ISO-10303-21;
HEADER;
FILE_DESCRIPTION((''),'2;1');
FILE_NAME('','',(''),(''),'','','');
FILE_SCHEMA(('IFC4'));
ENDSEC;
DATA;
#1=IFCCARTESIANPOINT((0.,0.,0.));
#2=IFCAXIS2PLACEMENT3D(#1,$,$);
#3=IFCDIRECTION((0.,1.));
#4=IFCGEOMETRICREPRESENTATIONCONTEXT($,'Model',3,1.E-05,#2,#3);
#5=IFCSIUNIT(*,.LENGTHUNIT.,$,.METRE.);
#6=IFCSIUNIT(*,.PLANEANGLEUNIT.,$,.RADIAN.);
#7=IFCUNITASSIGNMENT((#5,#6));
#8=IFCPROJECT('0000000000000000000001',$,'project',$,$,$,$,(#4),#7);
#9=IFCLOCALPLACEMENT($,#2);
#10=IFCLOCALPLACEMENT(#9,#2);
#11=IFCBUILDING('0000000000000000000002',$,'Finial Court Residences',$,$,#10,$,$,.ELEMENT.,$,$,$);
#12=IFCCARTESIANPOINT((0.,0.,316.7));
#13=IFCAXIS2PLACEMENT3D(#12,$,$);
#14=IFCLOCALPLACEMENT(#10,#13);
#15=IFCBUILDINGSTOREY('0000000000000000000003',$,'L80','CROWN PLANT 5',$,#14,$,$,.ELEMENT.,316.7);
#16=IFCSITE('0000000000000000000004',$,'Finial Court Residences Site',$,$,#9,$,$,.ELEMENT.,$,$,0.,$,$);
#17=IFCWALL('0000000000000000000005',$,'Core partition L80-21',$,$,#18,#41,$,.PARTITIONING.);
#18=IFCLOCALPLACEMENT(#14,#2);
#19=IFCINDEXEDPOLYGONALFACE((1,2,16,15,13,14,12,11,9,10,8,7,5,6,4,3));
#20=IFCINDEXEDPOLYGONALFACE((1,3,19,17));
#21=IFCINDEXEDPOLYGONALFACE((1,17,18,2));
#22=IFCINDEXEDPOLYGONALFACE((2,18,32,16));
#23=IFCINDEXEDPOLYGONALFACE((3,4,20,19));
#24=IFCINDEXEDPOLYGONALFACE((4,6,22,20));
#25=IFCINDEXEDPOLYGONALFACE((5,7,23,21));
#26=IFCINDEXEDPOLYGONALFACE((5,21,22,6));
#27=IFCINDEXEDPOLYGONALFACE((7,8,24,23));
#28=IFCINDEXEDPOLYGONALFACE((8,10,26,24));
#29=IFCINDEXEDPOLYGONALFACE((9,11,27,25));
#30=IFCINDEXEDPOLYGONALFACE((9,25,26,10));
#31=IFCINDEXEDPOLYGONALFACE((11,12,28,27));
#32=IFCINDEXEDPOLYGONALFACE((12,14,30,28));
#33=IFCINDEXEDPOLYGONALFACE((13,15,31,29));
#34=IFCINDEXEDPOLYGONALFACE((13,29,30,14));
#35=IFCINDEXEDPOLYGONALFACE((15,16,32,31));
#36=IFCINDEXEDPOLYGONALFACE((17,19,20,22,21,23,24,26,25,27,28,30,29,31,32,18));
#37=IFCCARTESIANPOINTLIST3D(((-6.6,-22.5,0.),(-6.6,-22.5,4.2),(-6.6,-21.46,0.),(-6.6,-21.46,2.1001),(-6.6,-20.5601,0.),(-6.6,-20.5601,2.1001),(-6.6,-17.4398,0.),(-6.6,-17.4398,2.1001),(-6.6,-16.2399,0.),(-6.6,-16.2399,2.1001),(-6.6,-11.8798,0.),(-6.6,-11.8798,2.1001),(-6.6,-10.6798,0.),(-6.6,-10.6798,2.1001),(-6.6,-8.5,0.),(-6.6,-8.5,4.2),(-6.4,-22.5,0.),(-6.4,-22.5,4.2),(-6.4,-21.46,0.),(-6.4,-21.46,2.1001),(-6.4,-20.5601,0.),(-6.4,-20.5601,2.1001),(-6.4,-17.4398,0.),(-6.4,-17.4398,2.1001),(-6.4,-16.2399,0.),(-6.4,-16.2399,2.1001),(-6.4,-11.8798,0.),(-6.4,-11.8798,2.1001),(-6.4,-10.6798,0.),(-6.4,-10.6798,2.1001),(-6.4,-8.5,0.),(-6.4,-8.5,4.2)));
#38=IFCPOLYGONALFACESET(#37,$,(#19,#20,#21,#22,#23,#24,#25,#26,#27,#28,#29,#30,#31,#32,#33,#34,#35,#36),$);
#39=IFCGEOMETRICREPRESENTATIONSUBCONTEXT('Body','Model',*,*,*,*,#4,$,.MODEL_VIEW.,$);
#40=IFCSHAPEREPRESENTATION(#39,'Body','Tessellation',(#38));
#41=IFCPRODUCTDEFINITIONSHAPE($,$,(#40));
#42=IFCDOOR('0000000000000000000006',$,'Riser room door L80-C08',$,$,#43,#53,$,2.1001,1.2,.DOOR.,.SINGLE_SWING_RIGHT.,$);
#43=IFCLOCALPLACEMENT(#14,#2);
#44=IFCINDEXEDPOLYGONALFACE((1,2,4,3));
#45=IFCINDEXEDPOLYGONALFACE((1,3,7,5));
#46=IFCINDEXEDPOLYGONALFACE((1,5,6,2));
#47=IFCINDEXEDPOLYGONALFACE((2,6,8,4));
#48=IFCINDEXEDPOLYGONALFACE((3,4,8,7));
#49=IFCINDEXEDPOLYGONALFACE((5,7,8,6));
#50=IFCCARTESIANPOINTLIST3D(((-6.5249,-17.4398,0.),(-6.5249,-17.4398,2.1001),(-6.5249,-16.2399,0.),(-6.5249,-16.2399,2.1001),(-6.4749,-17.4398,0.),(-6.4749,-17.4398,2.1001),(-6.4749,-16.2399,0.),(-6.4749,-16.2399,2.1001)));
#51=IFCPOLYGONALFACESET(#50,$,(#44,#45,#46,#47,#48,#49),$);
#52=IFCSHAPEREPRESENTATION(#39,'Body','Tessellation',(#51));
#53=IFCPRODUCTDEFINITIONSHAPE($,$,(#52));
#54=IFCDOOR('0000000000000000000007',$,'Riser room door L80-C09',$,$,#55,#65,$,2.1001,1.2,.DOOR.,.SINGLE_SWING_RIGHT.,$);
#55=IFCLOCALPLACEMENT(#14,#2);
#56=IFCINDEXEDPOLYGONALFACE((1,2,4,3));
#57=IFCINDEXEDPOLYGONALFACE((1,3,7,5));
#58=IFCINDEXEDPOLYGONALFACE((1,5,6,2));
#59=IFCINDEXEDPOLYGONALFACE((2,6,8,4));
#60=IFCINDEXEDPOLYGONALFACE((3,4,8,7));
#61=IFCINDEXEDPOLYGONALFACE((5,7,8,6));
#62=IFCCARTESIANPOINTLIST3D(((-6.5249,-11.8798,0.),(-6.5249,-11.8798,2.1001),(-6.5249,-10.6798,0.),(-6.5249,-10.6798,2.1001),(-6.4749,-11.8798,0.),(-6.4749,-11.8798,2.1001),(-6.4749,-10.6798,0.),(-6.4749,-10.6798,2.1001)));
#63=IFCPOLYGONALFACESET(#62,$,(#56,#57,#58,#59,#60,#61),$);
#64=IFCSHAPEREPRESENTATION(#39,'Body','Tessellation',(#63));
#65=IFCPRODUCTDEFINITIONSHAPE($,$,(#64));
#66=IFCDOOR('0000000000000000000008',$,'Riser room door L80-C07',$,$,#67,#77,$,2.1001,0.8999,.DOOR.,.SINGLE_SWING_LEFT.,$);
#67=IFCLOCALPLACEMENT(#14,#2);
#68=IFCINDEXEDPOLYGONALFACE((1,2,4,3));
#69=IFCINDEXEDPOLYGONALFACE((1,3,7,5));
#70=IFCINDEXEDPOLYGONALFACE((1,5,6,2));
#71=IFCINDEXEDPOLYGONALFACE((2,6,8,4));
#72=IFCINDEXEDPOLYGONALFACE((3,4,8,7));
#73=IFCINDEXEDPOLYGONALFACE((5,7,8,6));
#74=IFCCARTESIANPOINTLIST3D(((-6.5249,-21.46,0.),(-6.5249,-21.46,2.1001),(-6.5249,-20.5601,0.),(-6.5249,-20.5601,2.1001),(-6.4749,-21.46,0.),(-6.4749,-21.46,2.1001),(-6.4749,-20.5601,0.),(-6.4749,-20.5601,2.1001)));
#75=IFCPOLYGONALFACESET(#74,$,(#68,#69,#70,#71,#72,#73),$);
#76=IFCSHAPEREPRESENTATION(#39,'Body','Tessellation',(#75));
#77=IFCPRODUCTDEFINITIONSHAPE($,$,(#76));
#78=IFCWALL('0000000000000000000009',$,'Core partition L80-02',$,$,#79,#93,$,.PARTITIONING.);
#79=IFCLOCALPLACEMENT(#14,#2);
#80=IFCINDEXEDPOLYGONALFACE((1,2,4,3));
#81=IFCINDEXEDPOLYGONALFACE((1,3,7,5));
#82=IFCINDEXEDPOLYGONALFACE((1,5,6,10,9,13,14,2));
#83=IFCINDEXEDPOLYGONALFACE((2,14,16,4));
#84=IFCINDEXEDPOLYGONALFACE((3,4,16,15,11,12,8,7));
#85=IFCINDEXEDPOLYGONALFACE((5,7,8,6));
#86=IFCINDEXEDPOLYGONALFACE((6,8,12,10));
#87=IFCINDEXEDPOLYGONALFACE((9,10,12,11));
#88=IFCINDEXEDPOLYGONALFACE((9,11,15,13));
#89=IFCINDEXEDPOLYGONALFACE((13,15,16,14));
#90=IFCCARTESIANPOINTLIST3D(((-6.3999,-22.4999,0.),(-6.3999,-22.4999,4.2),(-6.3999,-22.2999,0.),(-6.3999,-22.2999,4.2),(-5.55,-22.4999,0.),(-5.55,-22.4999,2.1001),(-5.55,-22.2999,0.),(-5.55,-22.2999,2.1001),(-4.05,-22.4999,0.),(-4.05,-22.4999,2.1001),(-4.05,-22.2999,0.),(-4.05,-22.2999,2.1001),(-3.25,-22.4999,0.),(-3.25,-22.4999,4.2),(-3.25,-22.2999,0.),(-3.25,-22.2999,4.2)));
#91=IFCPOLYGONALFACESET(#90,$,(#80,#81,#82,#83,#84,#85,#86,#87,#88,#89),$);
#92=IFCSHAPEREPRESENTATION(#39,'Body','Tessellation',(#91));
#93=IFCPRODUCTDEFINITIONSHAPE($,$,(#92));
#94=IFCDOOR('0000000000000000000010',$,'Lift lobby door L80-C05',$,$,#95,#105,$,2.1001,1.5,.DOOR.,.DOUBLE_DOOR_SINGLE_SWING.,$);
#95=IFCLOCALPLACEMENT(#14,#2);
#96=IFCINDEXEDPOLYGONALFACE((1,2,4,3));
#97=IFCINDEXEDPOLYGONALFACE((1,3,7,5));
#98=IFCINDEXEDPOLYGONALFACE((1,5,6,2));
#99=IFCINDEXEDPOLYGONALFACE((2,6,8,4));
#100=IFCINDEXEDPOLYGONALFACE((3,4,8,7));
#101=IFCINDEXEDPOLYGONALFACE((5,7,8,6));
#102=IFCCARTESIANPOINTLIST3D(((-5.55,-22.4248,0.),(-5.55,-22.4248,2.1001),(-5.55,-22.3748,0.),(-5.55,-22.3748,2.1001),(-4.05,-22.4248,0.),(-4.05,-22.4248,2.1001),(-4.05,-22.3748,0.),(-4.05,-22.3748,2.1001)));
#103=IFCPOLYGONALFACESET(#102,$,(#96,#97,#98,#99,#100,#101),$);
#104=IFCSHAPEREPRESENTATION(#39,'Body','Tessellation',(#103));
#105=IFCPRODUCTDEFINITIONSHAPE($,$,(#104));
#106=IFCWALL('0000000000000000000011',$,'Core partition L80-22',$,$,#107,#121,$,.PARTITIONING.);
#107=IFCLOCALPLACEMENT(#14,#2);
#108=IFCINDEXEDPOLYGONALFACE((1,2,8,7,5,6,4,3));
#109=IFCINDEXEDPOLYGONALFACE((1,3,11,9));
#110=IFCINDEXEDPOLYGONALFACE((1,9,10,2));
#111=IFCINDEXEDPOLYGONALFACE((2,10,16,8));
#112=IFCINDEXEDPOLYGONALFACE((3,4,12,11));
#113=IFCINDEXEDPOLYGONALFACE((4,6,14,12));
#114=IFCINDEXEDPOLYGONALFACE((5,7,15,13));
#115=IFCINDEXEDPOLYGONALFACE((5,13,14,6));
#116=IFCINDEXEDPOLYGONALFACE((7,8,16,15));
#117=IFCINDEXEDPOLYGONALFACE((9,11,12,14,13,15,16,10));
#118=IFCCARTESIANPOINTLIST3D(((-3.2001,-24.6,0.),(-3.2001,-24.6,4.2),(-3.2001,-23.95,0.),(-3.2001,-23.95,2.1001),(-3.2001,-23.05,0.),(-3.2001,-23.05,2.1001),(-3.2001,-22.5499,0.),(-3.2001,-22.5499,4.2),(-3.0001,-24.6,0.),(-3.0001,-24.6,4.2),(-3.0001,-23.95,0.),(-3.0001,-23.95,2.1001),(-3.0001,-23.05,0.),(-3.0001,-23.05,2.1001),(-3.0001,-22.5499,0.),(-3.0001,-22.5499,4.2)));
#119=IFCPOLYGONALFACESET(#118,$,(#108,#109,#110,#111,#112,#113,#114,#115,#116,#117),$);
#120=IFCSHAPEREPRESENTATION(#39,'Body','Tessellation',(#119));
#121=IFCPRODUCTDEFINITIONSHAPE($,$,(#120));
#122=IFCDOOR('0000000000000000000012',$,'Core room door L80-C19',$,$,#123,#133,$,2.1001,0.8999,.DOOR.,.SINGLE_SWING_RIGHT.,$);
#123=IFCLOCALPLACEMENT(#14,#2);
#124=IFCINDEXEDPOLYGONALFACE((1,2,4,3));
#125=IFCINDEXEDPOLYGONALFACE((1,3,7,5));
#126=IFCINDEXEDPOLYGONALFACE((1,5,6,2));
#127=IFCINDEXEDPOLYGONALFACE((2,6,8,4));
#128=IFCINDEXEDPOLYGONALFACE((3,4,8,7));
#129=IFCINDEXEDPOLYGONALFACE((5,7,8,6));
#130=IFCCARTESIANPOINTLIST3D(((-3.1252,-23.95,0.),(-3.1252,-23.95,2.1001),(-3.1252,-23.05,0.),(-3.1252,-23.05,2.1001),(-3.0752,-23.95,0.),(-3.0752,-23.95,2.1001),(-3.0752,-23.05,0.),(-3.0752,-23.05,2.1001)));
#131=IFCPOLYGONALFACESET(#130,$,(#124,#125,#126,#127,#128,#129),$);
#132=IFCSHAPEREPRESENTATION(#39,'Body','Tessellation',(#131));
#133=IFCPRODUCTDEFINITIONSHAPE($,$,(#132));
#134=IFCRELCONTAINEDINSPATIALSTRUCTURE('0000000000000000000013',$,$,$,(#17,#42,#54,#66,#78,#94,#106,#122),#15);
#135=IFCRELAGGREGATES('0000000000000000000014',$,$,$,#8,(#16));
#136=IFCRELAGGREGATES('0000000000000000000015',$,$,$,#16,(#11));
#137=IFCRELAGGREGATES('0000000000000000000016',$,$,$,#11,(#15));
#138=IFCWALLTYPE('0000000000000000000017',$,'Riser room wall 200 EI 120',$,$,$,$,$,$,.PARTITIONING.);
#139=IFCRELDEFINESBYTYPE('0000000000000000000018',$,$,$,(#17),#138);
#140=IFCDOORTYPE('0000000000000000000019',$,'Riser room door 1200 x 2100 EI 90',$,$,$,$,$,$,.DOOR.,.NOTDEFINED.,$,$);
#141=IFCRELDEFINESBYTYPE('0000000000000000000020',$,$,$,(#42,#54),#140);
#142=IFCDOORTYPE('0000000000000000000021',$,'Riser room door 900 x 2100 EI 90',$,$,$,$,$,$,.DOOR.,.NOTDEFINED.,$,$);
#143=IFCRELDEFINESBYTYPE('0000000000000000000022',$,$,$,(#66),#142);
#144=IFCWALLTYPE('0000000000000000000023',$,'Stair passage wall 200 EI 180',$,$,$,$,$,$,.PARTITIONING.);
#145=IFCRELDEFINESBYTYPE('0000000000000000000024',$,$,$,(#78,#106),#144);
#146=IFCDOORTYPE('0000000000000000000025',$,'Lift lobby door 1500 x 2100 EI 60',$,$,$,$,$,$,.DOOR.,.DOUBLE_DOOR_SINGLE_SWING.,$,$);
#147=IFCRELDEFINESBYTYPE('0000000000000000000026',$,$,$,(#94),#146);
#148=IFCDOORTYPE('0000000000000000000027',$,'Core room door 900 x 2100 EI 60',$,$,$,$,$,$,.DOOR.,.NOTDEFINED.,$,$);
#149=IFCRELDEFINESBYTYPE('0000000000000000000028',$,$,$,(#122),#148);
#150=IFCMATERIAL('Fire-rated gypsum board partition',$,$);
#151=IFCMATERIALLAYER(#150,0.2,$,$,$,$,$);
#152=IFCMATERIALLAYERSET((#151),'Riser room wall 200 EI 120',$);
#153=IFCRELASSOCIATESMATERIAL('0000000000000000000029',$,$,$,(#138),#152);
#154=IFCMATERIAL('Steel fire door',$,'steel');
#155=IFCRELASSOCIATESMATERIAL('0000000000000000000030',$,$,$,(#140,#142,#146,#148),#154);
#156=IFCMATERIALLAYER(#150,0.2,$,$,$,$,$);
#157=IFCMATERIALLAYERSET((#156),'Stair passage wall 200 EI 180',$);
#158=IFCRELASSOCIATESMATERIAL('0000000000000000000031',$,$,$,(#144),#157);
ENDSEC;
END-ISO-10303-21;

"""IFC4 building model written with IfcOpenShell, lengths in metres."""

from ifc_helpers import new_model, si_unit, direction, frame, frame_2d, origin, place, context, subcontext, project, spatial, rectangle, extrude, material, layer, layer_set, type_object, element, fill, save


model = new_model("IFC4")

# Units and contexts
model_context = context("Model", 3, precision=1e-05, world=origin(), true_north=direction((0.0, 1.0)))
body_context = subcontext(model_context, "Body", "Model", "MODEL_VIEW")
ifc_project = project(units=[si_unit("LENGTHUNIT", "METRE"), si_unit("PLANEANGLEUNIT", "RADIAN")], contexts=[model_context])

# Site, building, storey
site_placement = place(None, origin())
site = spatial("IfcSite", under=ifc_project, at=site_placement, Name="Finial Court Residences Site", CompositionType="ELEMENT", RefElevation=0.0)
building_placement = place(site_placement, origin())
building = spatial("IfcBuilding", under=site, at=building_placement, Name="Finial Court Residences", CompositionType="ELEMENT")
storey_placement = place(building_placement, frame((0.0, 0.0, 316.7)))
storey = spatial("IfcBuildingStorey", under=building, at=storey_placement, Name="L80", Description="CROWN PLANT 5", CompositionType="ELEMENT", Elevation=316.7)

# Shared definitions
ifc_material_1 = material(Name="Steel fire door", Category="steel")

# Shared definitions
ifc_material_2 = material(Name="Fire-rated gypsum board partition")
ifc_layer_1 = layer(ifc_material_2, 0.2)
ifc_layer_set_1 = layer_set([ifc_layer_1], Name="Riser room wall 200 EI 120")
wall_type_1 = type_object("IfcWallType", Name="Riser room wall 200 EI 120", PredefinedType="PARTITIONING", material=ifc_layer_set_1)

# Wall, openings, doors
wall_1_placement = place(storey_placement, frame((-6.5, -22.5, 0.0), z_axis=(0.0, 0.0, 1.0), x_axis=(0.0, 1.0, 0.0)))
wall_1 = element("IfcWall", 1, at=wall_1_placement, inside=storey, type_object=wall_type_1, Name="Core partition L80-21", PredefinedType="PARTITIONING", context=body_context, shape_type="SweptSolid", body=[
    extrude(rectangle(XDim=14.0, YDim=0.2, at=frame_2d((7.0, 0.0))), origin(), (0.0, 0.0, 1.0), 4.2),
])
opening_1_placement = place(wall_1_placement, frame((1.04, 0.0, 0.0)))
opening_1 = element("IfcOpeningElement", 2, at=opening_1_placement, cuts=wall_1, PredefinedType="OPENING", context=body_context, shape_type="SweptSolid", body=[
    extrude(rectangle(XDim=0.8999, YDim=2.1001, at=frame_2d((0.45, 1.05))), frame((0.0, 0.1099, 0.0), z_axis=(0.0, -1.0, 0.0), x_axis=(1.0, 0.0, 0.0)), (0.0, 0.0, 1.0), 0.22),
])
opening_2_placement = place(wall_1_placement, frame((5.0601, 0.0, 0.0)))
opening_2 = element("IfcOpeningElement", 3, at=opening_2_placement, cuts=wall_1, PredefinedType="OPENING", context=body_context, shape_type="SweptSolid", body=[
    extrude(rectangle(XDim=1.2, YDim=2.1001, at=frame_2d((0.6001, 1.05))), frame((0.0, 0.1099, 0.0), z_axis=(0.0, -1.0, 0.0), x_axis=(1.0, 0.0, 0.0)), (0.0, 0.0, 1.0), 0.22),
])
opening_3_placement = place(wall_1_placement, frame((10.6201, 0.0, 0.0)))
opening_3 = element("IfcOpeningElement", 4, at=opening_3_placement, cuts=wall_1, PredefinedType="OPENING", context=body_context, shape_type="SweptSolid", body=[
    extrude(rectangle(XDim=1.2, YDim=2.1001, at=frame_2d((0.6001, 1.05))), frame((0.0, 0.1099, 0.0), z_axis=(0.0, -1.0, 0.0), x_axis=(1.0, 0.0, 0.0)), (0.0, 0.0, 1.0), 0.22),
])
door_type_1 = type_object("IfcDoorType", Name="Riser room door 1200 x 2100 EI 90", OperationType="NOTDEFINED", PredefinedType="DOOR", material=ifc_material_1)
door_1_placement = place(opening_2_placement, origin())
door_1 = element("IfcDoor", 5, at=door_1_placement, inside=storey, type_object=door_type_1, Name="Riser room door L80-C08", OperationType="SINGLE_SWING_RIGHT", OverallHeight=2.1001, OverallWidth=1.2, PredefinedType="DOOR", context=body_context, shape_type="SweptSolid", body=[
    extrude(rectangle(XDim=1.2, YDim=2.1001, at=frame_2d((0.6001, 1.05))), frame((0.0, 0.0249, 0.0), z_axis=(0.0, -1.0, 0.0), x_axis=(1.0, 0.0, 0.0)), (0.0, 0.0, 1.0), 0.05),
])
fill(opening_2, door_1)
door_2_placement = place(opening_3_placement, origin())
door_2 = element("IfcDoor", 6, at=door_2_placement, inside=storey, type_object=door_type_1, Name="Riser room door L80-C09", OperationType="SINGLE_SWING_RIGHT", OverallHeight=2.1001, OverallWidth=1.2, PredefinedType="DOOR", context=body_context, shape_type="SweptSolid", body=[
    extrude(rectangle(XDim=1.2, YDim=2.1001, at=frame_2d((0.6001, 1.05))), frame((0.0, 0.0249, 0.0), z_axis=(0.0, -1.0, 0.0), x_axis=(1.0, 0.0, 0.0)), (0.0, 0.0, 1.0), 0.05),
])
fill(opening_3, door_2)
door_type_2 = type_object("IfcDoorType", Name="Riser room door 900 x 2100 EI 90", OperationType="NOTDEFINED", PredefinedType="DOOR", material=ifc_material_1)
door_3_placement = place(opening_1_placement, origin())
door_3 = element("IfcDoor", 7, at=door_3_placement, inside=storey, type_object=door_type_2, Name="Riser room door L80-C07", OperationType="SINGLE_SWING_LEFT", OverallHeight=2.1001, OverallWidth=0.8999, PredefinedType="DOOR", context=body_context, shape_type="SweptSolid", body=[
    extrude(rectangle(XDim=0.8999, YDim=2.1001, at=frame_2d((0.45, 1.05))), frame((0.0, 0.0249, 0.0), z_axis=(0.0, -1.0, 0.0), x_axis=(1.0, 0.0, 0.0)), (0.0, 0.0, 1.0), 0.05),
])
fill(opening_1, door_3)

# Walls, openings, doors
ifc_layer_2 = layer(ifc_material_2, 0.2)
ifc_layer_set_2 = layer_set([ifc_layer_2], Name="Stair passage wall 200 EI 180")
wall_type_2 = type_object("IfcWallType", Name="Stair passage wall 200 EI 180", PredefinedType="PARTITIONING", material=ifc_layer_set_2)
wall_2_placement = place(storey_placement, frame((-3.25, -22.3999, 0.0), z_axis=(0.0, 0.0, 1.0), x_axis=(-1.0, 0.0, 0.0)))
wall_2 = element("IfcWall", 8, at=wall_2_placement, inside=storey, type_object=wall_type_2, Name="Core partition L80-02", PredefinedType="PARTITIONING", context=body_context, shape_type="SweptSolid", body=[
    extrude(rectangle(XDim=3.1499, YDim=0.2, at=frame_2d((1.575, 0.0))), origin(), (0.0, 0.0, 1.0), 4.2),
])
opening_4_placement = place(wall_2_placement, frame((0.8, 0.0, 0.0)))
opening_4 = element("IfcOpeningElement", 9, at=opening_4_placement, cuts=wall_2, PredefinedType="OPENING", context=body_context, shape_type="SweptSolid", body=[
    extrude(rectangle(XDim=1.5, YDim=2.1001, at=frame_2d((0.75, 1.05))), frame((0.0, 0.1099, 0.0), z_axis=(0.0, -1.0, 0.0), x_axis=(1.0, 0.0, 0.0)), (0.0, 0.0, 1.0), 0.22),
])
door_type_3 = type_object("IfcDoorType", Name="Lift lobby door 1500 x 2100 EI 60", OperationType="DOUBLE_DOOR_SINGLE_SWING", PredefinedType="DOOR", material=ifc_material_1)
door_4_placement = place(opening_4_placement, origin())
door_4 = element("IfcDoor", 10, at=door_4_placement, inside=storey, type_object=door_type_3, Name="Lift lobby door L80-C05", OperationType="DOUBLE_DOOR_SINGLE_SWING", OverallHeight=2.1001, OverallWidth=1.5, PredefinedType="DOOR", context=body_context, shape_type="SweptSolid", body=[
    extrude(rectangle(XDim=1.5, YDim=2.1001, at=frame_2d((0.75, 1.05))), frame((0.0, 0.0249, 0.0), z_axis=(0.0, -1.0, 0.0), x_axis=(1.0, 0.0, 0.0)), (0.0, 0.0, 1.0), 0.05),
])
fill(opening_4, door_4)
wall_3_placement = place(storey_placement, frame((-3.1001, -22.55, 0.0), z_axis=(0.0, 0.0, 1.0), x_axis=(0.0, -1.0, 0.0)))
wall_3 = element("IfcWall", 11, at=wall_3_placement, inside=storey, type_object=wall_type_2, Name="Core partition L80-22", PredefinedType="PARTITIONING", context=body_context, shape_type="SweptSolid", body=[
    extrude(rectangle(XDim=2.05, YDim=0.2, at=frame_2d((1.0249, 0.0))), origin(), (0.0, 0.0, 1.0), 4.2),
])
opening_5_placement = place(wall_3_placement, frame((0.5, 0.0, 0.0)))
opening_5 = element("IfcOpeningElement", 12, at=opening_5_placement, cuts=wall_3, PredefinedType="OPENING", context=body_context, shape_type="SweptSolid", body=[
    extrude(rectangle(XDim=0.8999, YDim=2.1001, at=frame_2d((0.45, 1.05))), frame((0.0, 0.1099, 0.0), z_axis=(0.0, -1.0, 0.0), x_axis=(1.0, 0.0, 0.0)), (0.0, 0.0, 1.0), 0.22),
])
door_type_4 = type_object("IfcDoorType", Name="Core room door 900 x 2100 EI 60", OperationType="NOTDEFINED", PredefinedType="DOOR", material=ifc_material_1)
door_5_placement = place(opening_5_placement, origin())
door_5 = element("IfcDoor", 13, at=door_5_placement, inside=storey, type_object=door_type_4, Name="Core room door L80-C19", OperationType="SINGLE_SWING_RIGHT", OverallHeight=2.1001, OverallWidth=0.8999, PredefinedType="DOOR", context=body_context, shape_type="SweptSolid", body=[
    extrude(rectangle(XDim=0.8999, YDim=2.1001, at=frame_2d((0.45, 1.05))), frame((0.0, 0.0249, 0.0), z_axis=(0.0, -1.0, 0.0), x_axis=(1.0, 0.0, 0.0)), (0.0, 0.0, 1.0), 0.05),
])
fill(opening_5, door_5)

save(model, "model.ifc")
